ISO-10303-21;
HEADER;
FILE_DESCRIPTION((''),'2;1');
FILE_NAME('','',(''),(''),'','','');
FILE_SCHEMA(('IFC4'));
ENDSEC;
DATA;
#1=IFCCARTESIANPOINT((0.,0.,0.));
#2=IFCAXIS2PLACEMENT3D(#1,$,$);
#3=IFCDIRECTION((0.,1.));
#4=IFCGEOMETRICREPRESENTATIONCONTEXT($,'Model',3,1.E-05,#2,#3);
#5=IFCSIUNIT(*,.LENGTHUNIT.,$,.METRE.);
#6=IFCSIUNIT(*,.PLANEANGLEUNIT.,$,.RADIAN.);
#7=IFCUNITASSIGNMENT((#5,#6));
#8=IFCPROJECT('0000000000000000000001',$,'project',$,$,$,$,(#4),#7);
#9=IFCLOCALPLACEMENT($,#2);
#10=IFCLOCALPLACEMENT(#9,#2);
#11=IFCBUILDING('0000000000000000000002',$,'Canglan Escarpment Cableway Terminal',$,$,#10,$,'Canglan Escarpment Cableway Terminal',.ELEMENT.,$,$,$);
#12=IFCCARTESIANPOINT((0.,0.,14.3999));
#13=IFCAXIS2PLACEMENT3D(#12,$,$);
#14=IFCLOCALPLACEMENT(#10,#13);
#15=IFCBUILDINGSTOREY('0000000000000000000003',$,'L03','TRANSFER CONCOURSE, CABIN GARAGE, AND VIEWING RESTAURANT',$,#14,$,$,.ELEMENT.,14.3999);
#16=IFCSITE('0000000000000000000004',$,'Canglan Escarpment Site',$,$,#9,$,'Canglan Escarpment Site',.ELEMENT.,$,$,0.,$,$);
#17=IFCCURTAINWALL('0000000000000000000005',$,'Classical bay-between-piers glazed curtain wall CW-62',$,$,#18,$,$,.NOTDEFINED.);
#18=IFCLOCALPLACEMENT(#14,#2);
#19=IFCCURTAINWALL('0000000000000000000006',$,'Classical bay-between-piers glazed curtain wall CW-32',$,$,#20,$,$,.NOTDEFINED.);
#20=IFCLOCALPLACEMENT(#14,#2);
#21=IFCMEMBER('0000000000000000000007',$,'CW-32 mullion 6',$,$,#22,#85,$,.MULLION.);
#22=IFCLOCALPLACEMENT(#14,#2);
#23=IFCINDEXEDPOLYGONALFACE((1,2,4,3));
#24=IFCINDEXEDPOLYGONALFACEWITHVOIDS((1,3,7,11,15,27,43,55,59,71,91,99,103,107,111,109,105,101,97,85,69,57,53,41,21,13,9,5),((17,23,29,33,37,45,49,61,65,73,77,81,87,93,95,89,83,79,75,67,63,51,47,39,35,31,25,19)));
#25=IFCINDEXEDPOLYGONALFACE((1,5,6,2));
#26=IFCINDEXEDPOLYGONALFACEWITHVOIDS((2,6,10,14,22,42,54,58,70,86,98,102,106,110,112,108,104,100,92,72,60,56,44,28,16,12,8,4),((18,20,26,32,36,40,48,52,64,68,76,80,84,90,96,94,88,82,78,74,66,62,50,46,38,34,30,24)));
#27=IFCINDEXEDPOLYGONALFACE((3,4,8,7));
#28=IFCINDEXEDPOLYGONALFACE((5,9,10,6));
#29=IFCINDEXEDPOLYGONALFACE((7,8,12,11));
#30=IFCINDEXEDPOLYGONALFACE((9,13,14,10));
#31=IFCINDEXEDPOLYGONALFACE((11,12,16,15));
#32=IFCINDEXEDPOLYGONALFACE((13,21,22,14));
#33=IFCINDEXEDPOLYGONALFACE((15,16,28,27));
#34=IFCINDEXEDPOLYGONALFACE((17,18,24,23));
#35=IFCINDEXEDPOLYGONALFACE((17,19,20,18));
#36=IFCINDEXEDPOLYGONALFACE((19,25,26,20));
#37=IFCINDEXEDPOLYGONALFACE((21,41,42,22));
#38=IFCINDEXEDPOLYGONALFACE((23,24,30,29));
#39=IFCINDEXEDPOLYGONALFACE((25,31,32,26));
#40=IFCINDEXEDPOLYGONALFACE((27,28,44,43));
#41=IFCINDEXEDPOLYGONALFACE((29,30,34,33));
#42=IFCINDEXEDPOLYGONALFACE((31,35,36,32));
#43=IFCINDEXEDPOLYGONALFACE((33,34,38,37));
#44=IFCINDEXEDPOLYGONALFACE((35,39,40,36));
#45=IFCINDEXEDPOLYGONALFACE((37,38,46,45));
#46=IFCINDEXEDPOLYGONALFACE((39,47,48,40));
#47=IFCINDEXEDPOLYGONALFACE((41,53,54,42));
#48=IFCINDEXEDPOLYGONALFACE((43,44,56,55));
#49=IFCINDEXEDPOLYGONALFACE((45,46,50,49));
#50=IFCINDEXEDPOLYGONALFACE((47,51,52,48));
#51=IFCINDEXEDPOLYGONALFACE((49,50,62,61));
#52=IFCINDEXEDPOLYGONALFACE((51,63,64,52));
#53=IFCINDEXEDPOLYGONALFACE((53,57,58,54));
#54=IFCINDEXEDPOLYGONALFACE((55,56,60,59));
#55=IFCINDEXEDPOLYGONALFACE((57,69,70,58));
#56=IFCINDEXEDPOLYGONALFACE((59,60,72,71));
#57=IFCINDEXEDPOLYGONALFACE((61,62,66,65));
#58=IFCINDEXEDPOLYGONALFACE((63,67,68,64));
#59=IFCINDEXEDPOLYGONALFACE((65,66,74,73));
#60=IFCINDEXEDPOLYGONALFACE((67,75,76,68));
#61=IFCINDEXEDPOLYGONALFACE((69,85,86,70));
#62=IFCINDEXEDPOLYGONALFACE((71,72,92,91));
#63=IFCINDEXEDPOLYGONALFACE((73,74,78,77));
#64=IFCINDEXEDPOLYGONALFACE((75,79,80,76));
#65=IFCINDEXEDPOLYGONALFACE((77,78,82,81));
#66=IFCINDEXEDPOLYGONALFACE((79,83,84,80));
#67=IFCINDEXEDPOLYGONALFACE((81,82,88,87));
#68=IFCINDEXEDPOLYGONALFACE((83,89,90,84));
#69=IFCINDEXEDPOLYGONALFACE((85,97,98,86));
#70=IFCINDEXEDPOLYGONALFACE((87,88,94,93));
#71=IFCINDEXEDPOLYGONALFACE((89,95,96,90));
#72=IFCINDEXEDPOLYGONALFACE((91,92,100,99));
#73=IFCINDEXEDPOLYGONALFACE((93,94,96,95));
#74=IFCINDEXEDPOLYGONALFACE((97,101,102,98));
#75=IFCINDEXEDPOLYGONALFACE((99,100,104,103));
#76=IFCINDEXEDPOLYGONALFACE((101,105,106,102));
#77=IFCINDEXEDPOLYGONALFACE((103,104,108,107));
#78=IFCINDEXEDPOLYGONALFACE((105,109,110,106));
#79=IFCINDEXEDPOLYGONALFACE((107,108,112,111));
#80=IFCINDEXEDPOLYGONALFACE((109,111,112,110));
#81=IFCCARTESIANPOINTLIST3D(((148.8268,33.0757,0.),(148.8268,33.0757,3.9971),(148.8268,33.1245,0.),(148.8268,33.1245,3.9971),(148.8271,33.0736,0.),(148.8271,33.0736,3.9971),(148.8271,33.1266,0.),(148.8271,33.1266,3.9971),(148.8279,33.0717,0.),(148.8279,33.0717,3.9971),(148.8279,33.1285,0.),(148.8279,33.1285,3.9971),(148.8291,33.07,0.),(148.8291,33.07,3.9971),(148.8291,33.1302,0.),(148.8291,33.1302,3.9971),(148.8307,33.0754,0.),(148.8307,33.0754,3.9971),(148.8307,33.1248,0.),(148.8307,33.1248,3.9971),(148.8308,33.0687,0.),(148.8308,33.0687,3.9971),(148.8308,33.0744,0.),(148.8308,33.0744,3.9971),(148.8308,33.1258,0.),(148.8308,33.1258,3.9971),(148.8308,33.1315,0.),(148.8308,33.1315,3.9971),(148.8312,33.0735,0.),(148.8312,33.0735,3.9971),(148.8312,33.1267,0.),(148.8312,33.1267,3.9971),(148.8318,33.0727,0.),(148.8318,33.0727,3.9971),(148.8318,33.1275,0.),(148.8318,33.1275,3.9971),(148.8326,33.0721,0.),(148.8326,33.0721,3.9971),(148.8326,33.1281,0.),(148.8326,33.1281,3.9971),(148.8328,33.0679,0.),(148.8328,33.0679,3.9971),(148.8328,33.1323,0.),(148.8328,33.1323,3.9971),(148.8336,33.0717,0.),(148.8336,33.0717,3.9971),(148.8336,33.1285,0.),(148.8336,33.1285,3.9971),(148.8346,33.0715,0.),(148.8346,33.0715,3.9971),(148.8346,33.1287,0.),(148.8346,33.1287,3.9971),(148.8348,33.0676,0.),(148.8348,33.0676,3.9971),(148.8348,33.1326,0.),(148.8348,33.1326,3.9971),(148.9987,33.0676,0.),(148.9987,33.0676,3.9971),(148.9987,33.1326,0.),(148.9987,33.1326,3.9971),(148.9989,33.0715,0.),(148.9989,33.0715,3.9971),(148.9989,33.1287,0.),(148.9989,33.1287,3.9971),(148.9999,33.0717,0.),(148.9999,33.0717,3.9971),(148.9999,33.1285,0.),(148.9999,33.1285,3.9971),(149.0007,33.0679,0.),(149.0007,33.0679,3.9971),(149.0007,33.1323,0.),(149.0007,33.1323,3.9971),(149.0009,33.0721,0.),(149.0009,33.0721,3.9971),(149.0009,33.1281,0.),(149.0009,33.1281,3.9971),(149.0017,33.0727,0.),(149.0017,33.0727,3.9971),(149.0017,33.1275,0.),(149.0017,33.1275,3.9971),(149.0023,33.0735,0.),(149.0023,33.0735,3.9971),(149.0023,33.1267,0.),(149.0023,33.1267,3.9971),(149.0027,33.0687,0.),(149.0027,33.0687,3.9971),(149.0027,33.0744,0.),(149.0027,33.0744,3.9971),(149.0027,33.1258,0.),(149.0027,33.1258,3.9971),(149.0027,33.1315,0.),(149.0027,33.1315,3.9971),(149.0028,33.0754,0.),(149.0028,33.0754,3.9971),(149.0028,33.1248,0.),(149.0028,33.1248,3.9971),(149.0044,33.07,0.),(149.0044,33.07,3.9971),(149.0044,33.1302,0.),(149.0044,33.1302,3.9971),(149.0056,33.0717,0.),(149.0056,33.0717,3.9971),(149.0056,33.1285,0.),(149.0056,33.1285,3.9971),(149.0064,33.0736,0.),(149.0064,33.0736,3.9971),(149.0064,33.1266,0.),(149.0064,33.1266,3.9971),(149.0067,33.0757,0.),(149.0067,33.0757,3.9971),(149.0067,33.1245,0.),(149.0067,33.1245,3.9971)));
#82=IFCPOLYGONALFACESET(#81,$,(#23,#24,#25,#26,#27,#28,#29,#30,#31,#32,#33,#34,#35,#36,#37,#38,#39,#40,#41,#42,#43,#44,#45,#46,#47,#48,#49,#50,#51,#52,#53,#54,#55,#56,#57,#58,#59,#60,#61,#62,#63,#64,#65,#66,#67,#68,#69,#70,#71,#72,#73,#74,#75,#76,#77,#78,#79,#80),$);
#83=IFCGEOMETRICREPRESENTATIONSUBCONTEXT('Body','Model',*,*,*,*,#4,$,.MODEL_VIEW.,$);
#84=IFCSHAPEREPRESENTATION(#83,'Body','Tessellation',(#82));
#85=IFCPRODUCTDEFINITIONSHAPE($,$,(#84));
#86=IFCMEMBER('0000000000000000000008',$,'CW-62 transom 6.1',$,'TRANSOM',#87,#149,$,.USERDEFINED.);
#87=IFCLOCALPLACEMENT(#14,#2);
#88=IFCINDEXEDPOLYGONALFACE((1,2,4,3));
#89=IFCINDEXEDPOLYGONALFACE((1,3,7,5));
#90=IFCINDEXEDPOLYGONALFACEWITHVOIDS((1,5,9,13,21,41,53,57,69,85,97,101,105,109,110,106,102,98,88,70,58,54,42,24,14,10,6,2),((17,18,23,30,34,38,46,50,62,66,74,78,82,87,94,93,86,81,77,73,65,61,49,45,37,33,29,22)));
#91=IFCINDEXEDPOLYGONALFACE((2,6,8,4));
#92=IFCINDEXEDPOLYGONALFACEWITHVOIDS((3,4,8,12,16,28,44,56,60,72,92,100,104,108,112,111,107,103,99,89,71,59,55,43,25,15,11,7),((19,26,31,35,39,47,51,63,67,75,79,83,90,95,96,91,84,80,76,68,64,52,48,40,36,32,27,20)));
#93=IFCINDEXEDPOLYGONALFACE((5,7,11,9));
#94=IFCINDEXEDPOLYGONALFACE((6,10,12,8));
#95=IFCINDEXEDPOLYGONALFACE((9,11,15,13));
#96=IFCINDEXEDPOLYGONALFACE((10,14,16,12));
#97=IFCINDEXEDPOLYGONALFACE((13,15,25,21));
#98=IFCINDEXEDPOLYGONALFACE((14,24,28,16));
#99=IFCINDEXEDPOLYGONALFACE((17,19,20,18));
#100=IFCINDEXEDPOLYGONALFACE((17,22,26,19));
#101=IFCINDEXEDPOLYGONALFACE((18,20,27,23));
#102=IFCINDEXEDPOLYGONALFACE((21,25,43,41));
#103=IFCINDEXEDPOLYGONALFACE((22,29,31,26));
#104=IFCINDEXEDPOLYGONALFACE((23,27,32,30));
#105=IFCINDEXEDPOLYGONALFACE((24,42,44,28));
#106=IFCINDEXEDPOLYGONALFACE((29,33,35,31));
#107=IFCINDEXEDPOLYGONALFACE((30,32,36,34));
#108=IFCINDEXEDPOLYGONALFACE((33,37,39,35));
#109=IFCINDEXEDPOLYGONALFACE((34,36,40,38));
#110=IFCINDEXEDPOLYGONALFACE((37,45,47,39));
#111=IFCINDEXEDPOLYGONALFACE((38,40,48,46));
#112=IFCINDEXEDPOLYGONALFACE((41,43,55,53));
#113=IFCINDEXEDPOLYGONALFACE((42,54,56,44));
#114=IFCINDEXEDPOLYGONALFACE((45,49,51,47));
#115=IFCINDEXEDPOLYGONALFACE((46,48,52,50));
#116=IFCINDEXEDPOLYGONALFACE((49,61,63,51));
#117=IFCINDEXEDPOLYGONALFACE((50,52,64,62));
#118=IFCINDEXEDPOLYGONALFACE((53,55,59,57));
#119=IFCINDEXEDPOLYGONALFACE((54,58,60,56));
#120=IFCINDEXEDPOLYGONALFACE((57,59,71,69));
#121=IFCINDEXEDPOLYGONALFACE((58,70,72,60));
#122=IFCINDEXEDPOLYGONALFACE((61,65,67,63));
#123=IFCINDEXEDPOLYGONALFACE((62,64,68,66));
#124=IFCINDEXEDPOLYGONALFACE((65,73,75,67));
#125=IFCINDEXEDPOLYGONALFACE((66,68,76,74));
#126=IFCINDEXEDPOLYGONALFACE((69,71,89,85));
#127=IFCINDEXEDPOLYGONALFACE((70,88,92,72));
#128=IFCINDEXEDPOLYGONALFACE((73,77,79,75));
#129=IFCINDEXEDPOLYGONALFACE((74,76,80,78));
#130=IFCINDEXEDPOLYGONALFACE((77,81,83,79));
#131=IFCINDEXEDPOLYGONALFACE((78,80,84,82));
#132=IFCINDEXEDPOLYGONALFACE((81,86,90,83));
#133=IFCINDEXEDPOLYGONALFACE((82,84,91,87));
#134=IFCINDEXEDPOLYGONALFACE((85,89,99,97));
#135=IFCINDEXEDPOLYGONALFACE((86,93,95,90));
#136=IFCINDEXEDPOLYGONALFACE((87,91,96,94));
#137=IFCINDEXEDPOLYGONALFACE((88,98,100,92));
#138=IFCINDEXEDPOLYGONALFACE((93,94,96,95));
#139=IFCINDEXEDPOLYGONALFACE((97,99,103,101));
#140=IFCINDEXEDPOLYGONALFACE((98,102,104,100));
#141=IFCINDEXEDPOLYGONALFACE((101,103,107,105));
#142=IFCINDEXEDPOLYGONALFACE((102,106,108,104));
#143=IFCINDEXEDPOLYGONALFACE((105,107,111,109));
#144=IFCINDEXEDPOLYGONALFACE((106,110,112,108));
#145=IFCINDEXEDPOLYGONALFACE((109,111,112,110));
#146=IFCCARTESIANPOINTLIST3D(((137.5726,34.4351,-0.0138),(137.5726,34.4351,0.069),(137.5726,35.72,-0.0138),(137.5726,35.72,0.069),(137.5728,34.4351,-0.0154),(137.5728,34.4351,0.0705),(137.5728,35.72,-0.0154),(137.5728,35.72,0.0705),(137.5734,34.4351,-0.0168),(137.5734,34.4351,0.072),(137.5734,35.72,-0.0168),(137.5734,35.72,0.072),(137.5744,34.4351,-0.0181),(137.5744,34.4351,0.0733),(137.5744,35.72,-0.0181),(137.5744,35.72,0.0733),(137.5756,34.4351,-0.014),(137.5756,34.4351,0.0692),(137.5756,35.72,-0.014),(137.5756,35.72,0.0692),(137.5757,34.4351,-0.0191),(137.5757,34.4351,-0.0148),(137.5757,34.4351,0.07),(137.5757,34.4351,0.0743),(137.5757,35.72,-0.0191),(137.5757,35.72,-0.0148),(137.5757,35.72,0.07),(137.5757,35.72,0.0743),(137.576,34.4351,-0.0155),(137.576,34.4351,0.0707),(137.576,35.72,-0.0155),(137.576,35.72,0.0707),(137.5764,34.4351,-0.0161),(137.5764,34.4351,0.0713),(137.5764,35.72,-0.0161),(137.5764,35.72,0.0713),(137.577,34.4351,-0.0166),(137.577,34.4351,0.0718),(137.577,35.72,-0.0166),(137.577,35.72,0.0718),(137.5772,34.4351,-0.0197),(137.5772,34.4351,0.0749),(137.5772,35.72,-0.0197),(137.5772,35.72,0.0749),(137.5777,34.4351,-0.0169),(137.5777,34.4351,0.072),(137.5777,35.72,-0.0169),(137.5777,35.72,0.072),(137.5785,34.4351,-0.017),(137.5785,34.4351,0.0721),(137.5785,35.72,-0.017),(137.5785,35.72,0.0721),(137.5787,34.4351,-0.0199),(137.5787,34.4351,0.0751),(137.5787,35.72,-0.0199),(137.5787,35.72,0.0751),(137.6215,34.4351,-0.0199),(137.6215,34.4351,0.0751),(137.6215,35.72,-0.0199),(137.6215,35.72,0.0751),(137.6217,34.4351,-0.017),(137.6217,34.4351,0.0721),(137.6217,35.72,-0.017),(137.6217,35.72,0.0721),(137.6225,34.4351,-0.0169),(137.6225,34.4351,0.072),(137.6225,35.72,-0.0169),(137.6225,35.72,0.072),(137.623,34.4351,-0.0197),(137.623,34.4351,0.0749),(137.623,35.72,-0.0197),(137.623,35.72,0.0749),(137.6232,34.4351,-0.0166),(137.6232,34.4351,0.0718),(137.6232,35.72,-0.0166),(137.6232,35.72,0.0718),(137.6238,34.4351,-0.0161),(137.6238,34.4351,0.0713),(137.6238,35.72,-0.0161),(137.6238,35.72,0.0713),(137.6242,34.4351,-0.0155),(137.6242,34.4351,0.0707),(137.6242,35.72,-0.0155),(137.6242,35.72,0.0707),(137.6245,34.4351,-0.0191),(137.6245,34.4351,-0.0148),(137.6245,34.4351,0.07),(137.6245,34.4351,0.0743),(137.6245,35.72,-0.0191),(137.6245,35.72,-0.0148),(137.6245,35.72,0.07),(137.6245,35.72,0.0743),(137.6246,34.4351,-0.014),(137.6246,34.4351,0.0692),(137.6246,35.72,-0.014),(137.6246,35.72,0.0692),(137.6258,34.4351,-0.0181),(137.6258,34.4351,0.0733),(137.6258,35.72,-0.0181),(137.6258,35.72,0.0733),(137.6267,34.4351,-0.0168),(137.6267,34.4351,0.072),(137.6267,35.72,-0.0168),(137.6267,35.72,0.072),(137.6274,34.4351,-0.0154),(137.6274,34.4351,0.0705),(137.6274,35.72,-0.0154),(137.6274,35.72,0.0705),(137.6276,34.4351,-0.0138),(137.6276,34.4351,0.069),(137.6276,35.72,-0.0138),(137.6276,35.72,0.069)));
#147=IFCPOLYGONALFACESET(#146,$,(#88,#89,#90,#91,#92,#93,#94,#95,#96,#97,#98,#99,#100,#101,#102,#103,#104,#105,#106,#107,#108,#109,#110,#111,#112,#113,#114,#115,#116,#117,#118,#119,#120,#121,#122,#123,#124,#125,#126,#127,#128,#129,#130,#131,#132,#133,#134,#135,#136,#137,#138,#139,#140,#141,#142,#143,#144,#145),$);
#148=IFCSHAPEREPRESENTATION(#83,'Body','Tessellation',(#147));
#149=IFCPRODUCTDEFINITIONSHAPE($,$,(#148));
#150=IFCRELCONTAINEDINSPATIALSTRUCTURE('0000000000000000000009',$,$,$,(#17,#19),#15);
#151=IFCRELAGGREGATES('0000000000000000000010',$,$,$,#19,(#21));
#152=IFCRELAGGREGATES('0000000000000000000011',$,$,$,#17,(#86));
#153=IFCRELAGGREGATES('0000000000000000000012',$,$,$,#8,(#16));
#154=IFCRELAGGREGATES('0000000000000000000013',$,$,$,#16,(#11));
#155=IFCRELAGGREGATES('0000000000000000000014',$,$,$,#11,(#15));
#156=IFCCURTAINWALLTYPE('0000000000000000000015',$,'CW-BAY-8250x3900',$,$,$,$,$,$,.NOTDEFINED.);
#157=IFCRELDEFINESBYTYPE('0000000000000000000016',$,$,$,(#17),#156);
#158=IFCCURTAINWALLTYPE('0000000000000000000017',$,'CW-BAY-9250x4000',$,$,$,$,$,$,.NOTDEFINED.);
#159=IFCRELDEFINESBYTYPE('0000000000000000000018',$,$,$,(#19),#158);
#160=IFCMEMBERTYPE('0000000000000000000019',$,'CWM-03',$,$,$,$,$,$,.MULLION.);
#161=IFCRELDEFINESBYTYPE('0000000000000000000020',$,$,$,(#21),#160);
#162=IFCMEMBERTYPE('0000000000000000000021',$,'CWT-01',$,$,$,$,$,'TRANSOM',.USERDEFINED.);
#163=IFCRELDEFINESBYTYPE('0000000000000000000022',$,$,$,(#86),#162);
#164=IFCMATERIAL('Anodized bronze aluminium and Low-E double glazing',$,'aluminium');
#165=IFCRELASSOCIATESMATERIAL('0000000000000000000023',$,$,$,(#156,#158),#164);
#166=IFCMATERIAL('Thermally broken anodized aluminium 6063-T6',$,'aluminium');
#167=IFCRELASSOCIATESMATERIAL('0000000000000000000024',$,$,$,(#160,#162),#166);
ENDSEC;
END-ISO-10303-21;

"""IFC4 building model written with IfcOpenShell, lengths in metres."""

from ifc_helpers import new_model, si_unit, direction, frame, origin, origin_2d, place, context, subcontext, project, spatial, hollow_rectangle, extrude, material, material_profile, profile_set, type_object, element, aggregate, save


model = new_model("IFC4")

# Units and contexts
model_context = context("Model", 3, precision=1e-05, world=origin(), true_north=direction((0.0, 1.0)))
body_context = subcontext(model_context, "Body", "Model", "MODEL_VIEW")
ifc_project = project(units=[si_unit("LENGTHUNIT", "METRE"), si_unit("PLANEANGLEUNIT", "RADIAN")], contexts=[model_context])

# Site, building, storey
site_placement = place(None, origin())
site = spatial("IfcSite", under=ifc_project, at=site_placement, Name="Canglan Escarpment Site", LongName="Canglan Escarpment Site", CompositionType="ELEMENT", RefElevation=0.0)
building_placement = place(site_placement, origin())
building = spatial("IfcBuilding", under=site, at=building_placement, Name="Canglan Escarpment Cableway Terminal", LongName="Canglan Escarpment Cableway Terminal", CompositionType="ELEMENT")
storey_placement = place(building_placement, frame((0.0, 0.0, 14.3999)))
storey = spatial("IfcBuildingStorey", under=building, at=storey_placement, Name="L03", Description="TRANSFER CONCOURSE, CABIN GARAGE, AND VIEWING RESTAURANT", CompositionType="ELEMENT", Elevation=14.3999)

# Curtain wall
ifc_material_1 = material(Name="Anodized bronze aluminium and Low-E double glazing", Category="aluminium")
curtain_wall_type_1 = type_object("IfcCurtainWallType", Name="CW-BAY-8250x3900", PredefinedType="NOTDEFINED", material=ifc_material_1)
curtain_wall_1_placement = place(storey_placement, origin())
curtain_wall_1 = element("IfcCurtainWall", 1, at=curtain_wall_1_placement, inside=storey, type_object=curtain_wall_type_1, Name="Classical bay-between-piers glazed curtain wall CW-62", PredefinedType="NOTDEFINED")
ifc_material_2 = material(Name="Thermally broken anodized aluminium 6063-T6", Category="aluminium")

# Curtain wall, member
curtain_wall_type_2 = type_object("IfcCurtainWallType", Name="CW-BAY-9250x4000", PredefinedType="NOTDEFINED", material=ifc_material_1)
curtain_wall_2_placement = place(storey_placement, origin())
curtain_wall_2 = element("IfcCurtainWall", 2, at=curtain_wall_2_placement, inside=storey, type_object=curtain_wall_type_2, Name="Classical bay-between-piers glazed curtain wall CW-32", PredefinedType="NOTDEFINED")
ifc_material_profile_1 = material_profile(ifc_material_2, hollow_rectangle(XDim=0.0649, YDim=0.1799, WallThickness=0.0039, InnerFilletRadius=0.0039, OuterFilletRadius=0.0081, at=origin_2d()), Name="ALU-MULL 65x180x4")
ifc_profile_set_1 = profile_set([ifc_material_profile_1], Name="Thermally broken anodized aluminium 6063-T6")
member_type_1 = type_object("IfcMemberType", Name="CWM-03", PredefinedType="MULLION", material=ifc_profile_set_1)
member_1_placement = place(storey_placement, frame((148.9167, 33.1001, 0.0), z_axis=(0.0, 0.0, 1.0), x_axis=(0.0, -1.0, 0.0)))
member_1 = element("IfcMember", 3, at=member_1_placement, type_object=member_type_1, Name="CW-32 mullion 6", PredefinedType="MULLION", context=body_context, shape_type="SweptSolid", body=[
    extrude(hollow_rectangle(XDim=0.0649, YDim=0.1799, WallThickness=0.0039, InnerFilletRadius=0.0039, OuterFilletRadius=0.0081, at=origin_2d()), origin(), (0.0, 0.0, 1.0), 3.9971),
])

# Member
ifc_material_profile_2 = material_profile(ifc_material_2, hollow_rectangle(XDim=0.0549, YDim=0.095, WallThickness=0.0029, InnerFilletRadius=0.0029, OuterFilletRadius=0.0061, at=origin_2d()), Name="ALU-TRAN 55x95x3")
ifc_profile_set_2 = profile_set([ifc_material_profile_2], Name="Thermally broken anodized aluminium 6063-T6")
member_type_2 = type_object("IfcMemberType", Name="CWT-01", ElementType="TRANSOM", PredefinedType="USERDEFINED", material=ifc_profile_set_2)
member_2_placement = place(storey_placement, frame((137.6001, 35.72, 0.0276), z_axis=(0.0, -1.0, 0.0), x_axis=(1.0, 0.0, 0.0)))
member_2 = element("IfcMember", 4, at=member_2_placement, type_object=member_type_2, Name="CW-62 transom 6.1", ObjectType="TRANSOM", PredefinedType="USERDEFINED", context=body_context, shape_type="SweptSolid", body=[
    extrude(hollow_rectangle(XDim=0.0549, YDim=0.095, WallThickness=0.0029, InnerFilletRadius=0.0029, OuterFilletRadius=0.0061, at=origin_2d()), origin(), (0.0, 0.0, 1.0), 1.2849),
])

aggregate(curtain_wall_2, [member_1])
aggregate(curtain_wall_1, [member_2])

save(model, "model.ifc")
